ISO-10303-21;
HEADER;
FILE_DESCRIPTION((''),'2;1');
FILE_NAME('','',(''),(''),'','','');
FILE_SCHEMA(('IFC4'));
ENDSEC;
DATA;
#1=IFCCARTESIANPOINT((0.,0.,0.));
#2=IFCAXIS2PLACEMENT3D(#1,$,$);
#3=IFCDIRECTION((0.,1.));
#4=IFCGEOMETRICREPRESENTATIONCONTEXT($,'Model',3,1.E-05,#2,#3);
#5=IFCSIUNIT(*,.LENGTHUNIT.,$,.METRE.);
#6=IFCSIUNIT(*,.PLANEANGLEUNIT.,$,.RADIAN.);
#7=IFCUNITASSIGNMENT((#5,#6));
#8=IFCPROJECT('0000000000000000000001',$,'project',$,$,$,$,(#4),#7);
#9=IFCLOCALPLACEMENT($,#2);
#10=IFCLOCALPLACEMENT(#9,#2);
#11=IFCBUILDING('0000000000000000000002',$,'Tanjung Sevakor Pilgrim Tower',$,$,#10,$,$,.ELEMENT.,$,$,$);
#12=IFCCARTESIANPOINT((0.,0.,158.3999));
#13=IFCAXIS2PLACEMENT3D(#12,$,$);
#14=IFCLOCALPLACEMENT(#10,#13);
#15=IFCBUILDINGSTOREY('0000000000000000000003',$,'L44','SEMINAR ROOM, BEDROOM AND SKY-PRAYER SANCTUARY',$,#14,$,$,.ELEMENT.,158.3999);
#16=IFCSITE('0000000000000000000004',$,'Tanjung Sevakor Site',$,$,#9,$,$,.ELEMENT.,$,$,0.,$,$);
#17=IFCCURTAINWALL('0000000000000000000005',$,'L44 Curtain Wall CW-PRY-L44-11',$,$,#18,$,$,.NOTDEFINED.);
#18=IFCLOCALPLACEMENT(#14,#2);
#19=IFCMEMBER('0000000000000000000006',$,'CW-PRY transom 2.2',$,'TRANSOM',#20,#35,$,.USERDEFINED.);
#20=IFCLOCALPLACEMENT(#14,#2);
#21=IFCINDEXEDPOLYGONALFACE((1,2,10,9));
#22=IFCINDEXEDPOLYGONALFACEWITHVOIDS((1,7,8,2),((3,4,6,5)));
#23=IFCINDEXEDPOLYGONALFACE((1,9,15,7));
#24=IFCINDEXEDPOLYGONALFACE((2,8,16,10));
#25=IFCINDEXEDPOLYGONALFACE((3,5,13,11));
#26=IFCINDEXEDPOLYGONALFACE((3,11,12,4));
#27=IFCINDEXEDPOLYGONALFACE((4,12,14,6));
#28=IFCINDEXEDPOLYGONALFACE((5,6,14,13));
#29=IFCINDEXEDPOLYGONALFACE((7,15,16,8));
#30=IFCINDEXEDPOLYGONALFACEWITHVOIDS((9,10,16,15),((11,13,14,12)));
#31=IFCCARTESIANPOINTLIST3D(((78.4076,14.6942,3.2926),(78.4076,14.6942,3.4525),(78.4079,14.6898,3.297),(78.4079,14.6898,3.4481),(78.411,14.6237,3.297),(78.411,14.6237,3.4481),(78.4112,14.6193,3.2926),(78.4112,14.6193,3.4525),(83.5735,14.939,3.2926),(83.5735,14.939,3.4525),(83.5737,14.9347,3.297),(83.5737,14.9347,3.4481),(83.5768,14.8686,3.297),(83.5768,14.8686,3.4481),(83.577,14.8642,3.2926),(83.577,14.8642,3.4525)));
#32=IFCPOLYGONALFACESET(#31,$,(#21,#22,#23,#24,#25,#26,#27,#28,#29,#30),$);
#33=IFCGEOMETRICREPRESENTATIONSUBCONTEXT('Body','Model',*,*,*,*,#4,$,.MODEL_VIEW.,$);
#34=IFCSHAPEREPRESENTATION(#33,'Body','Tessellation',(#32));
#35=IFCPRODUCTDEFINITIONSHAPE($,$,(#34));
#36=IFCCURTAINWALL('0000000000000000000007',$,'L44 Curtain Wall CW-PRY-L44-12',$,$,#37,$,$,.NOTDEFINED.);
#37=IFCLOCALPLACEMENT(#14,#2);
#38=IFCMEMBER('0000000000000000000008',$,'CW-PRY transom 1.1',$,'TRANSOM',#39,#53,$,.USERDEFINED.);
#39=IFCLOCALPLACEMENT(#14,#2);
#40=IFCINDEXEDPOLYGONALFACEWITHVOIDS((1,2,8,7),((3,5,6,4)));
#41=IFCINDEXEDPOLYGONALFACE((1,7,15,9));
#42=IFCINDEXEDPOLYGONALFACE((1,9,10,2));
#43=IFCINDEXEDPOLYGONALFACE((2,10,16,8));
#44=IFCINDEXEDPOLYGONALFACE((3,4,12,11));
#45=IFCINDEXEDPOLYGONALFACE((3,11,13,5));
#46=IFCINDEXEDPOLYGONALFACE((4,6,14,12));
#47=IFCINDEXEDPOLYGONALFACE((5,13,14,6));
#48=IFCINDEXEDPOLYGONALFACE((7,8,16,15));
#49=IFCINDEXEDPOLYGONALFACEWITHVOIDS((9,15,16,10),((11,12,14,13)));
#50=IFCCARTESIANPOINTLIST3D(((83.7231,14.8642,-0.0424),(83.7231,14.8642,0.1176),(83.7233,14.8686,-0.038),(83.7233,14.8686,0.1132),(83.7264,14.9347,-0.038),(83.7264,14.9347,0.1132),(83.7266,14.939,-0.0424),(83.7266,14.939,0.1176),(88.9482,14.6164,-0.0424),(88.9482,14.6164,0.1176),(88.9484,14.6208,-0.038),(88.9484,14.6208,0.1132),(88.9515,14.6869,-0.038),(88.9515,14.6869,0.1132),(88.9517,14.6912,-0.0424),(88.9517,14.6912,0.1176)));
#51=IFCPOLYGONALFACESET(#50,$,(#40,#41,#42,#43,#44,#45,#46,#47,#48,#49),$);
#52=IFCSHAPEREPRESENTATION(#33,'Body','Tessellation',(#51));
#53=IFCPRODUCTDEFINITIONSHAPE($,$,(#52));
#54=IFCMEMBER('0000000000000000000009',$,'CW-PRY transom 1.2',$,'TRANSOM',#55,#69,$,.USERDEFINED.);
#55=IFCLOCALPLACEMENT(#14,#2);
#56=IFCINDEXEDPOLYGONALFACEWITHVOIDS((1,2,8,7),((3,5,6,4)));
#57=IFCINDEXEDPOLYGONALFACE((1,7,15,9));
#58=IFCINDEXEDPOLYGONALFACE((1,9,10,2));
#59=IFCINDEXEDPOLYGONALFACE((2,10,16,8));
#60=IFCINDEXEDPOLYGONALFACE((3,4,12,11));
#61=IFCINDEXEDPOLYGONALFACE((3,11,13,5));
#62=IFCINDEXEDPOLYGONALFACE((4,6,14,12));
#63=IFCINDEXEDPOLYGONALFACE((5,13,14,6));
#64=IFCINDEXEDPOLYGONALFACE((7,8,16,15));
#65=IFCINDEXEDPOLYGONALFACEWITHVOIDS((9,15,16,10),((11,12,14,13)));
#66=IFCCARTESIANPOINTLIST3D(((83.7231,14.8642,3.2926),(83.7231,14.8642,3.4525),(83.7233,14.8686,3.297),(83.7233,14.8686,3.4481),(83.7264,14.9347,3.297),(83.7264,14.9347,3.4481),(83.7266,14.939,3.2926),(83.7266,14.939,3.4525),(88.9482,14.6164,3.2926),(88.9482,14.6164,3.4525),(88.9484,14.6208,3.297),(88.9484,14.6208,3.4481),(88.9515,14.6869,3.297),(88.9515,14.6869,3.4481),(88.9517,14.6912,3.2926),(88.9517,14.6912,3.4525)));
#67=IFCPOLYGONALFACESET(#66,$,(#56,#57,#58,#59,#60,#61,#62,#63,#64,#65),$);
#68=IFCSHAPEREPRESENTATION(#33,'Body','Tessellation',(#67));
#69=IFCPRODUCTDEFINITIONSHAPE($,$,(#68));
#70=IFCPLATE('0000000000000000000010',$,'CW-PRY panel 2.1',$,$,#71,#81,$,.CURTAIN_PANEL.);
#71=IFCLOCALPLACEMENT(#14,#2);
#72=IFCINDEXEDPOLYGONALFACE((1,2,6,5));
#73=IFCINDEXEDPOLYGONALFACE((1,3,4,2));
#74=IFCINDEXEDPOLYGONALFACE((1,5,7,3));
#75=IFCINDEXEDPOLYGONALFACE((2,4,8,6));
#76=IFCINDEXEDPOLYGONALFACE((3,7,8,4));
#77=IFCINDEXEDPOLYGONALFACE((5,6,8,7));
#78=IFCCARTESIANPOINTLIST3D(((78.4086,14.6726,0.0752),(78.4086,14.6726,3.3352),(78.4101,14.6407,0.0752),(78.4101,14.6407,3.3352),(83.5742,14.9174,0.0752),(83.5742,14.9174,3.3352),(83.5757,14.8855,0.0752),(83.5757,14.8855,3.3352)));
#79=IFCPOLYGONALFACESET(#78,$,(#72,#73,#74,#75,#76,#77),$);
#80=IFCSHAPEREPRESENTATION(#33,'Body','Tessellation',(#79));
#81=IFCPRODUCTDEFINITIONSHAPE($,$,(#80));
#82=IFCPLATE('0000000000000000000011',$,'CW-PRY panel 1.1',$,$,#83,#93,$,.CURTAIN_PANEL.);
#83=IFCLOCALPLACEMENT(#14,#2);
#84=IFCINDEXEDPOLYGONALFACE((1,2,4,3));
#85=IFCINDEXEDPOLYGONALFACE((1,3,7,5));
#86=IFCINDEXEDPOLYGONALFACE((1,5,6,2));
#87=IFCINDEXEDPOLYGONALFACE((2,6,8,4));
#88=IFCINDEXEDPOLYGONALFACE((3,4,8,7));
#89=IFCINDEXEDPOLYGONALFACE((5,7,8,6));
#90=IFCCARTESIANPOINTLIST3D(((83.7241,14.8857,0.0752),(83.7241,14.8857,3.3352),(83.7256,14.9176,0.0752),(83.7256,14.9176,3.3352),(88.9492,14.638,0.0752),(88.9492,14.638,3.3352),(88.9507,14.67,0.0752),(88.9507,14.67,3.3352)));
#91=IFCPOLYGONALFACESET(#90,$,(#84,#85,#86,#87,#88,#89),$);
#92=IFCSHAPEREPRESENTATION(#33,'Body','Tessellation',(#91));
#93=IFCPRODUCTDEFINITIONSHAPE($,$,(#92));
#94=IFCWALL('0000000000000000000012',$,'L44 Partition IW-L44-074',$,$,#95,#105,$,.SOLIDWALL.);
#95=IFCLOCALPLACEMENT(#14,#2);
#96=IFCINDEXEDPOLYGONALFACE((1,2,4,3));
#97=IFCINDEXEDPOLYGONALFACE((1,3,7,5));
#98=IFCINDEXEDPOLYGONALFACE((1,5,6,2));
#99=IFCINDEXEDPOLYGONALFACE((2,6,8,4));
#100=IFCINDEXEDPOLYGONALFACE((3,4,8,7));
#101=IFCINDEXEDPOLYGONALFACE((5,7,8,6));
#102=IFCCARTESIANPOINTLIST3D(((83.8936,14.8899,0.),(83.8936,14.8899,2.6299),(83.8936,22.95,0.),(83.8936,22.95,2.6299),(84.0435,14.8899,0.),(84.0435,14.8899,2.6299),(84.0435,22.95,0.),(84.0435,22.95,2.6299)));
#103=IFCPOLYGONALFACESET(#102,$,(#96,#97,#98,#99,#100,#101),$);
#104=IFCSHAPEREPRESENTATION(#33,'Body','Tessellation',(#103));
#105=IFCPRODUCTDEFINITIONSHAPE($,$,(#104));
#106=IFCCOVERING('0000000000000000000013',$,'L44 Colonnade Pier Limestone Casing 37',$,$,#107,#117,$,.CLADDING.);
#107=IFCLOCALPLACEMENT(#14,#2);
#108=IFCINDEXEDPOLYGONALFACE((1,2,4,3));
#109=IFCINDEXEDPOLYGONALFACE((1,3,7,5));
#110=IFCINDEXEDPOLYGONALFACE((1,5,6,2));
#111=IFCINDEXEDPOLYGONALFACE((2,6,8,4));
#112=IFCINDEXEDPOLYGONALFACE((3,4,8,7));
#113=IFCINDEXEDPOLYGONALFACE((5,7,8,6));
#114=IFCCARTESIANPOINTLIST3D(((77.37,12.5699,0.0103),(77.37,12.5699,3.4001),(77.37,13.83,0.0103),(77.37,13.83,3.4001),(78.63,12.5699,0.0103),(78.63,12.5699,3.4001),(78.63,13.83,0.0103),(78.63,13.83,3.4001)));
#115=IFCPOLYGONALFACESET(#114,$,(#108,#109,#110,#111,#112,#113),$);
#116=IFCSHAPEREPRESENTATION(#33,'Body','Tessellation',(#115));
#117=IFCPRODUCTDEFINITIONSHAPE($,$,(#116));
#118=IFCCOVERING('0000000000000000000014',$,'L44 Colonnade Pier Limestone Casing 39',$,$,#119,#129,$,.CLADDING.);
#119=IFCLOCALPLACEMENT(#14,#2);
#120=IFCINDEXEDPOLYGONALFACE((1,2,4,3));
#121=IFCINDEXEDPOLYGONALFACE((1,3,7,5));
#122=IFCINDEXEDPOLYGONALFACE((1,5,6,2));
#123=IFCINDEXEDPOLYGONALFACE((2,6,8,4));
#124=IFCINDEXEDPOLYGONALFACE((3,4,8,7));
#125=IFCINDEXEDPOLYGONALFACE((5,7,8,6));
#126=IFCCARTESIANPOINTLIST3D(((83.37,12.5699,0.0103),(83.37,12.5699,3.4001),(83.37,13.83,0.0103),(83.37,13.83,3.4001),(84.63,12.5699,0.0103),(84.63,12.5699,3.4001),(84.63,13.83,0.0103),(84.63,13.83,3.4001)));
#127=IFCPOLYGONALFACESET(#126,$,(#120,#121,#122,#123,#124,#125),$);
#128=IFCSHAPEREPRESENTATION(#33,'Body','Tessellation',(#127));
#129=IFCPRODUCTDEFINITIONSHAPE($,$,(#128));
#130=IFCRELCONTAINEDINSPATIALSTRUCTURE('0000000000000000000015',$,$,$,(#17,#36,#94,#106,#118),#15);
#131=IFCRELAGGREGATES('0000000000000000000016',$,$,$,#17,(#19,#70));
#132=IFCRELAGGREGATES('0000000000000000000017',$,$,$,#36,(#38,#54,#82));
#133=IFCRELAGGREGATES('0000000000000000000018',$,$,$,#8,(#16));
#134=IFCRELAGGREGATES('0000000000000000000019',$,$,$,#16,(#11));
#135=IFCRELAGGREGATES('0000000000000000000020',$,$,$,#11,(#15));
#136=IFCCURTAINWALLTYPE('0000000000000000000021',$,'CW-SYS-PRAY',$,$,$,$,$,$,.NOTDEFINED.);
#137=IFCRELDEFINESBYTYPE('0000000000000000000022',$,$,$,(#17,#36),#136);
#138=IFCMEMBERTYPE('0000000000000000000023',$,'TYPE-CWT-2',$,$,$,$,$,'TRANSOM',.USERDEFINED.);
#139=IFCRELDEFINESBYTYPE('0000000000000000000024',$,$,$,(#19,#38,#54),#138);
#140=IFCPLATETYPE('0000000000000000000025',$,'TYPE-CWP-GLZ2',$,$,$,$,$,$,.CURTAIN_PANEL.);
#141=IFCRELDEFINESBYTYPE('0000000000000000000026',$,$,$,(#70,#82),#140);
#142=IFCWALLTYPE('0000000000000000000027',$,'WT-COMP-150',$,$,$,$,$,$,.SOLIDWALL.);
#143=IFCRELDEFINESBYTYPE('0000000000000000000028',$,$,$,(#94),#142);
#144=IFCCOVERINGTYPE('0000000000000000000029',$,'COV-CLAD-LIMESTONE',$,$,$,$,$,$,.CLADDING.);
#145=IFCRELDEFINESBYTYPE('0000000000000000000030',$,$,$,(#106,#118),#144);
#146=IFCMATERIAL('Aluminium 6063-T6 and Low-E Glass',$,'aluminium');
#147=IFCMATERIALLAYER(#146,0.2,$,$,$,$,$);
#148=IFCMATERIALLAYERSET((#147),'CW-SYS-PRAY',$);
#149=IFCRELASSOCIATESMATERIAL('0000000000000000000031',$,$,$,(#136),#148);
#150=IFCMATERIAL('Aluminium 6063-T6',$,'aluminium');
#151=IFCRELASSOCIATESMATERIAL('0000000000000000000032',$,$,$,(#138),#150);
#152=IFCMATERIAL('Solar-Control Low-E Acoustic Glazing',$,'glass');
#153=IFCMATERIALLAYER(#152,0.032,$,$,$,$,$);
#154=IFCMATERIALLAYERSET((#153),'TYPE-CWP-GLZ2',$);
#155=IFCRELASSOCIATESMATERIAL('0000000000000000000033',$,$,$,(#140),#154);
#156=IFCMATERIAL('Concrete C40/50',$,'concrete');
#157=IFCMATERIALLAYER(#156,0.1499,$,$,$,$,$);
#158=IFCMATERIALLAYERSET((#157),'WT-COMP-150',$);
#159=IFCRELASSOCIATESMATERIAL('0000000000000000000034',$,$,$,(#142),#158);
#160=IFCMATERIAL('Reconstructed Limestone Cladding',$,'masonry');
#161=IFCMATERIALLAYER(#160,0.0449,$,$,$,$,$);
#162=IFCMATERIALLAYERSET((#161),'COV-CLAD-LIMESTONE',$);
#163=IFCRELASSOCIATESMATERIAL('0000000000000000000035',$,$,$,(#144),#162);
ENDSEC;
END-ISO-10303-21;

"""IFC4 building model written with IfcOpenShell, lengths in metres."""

from ifc_helpers import new_model, si_unit, direction, frame, frame_2d, origin, origin_2d, place, context, subcontext, project, spatial, rectangle, hollow_rectangle, extrude, material, layer, layer_set, material_profile, profile_set, type_object, element, aggregate, save


model = new_model("IFC4")

# Units and contexts
model_context = context("Model", 3, precision=1e-05, world=origin(), true_north=direction((0.0, 1.0)))
body_context = subcontext(model_context, "Body", "Model", "MODEL_VIEW")
ifc_project = project(units=[si_unit("LENGTHUNIT", "METRE"), si_unit("PLANEANGLEUNIT", "RADIAN")], contexts=[model_context])

# Site, building, storey
site_placement = place(None, origin())
site = spatial("IfcSite", under=ifc_project, at=site_placement, Name="Tanjung Sevakor Site", CompositionType="ELEMENT", RefElevation=0.0)
building_placement = place(site_placement, origin())
building = spatial("IfcBuilding", under=site, at=building_placement, Name="Tanjung Sevakor Pilgrim Tower", CompositionType="ELEMENT")
storey_placement = place(building_placement, frame((0.0, 0.0, 158.3999)))
storey = spatial("IfcBuildingStorey", under=building, at=storey_placement, Name="L44", Description="SEMINAR ROOM, BEDROOM AND SKY-PRAYER SANCTUARY", CompositionType="ELEMENT", Elevation=158.3999)

# Curtain walls, members
ifc_material_1 = material(Name="Aluminium 6063-T6 and Low-E Glass", Category="aluminium")
ifc_layer_1 = layer(ifc_material_1, 0.2)
ifc_layer_set_1 = layer_set([ifc_layer_1], Name="CW-SYS-PRAY")
curtain_wall_type = type_object("IfcCurtainWallType", Name="CW-SYS-PRAY", PredefinedType="NOTDEFINED", material=ifc_layer_set_1)
curtain_wall_1_placement = place(storey_placement, origin())
curtain_wall_1 = element("IfcCurtainWall", 1, at=curtain_wall_1_placement, inside=storey, type_object=curtain_wall_type, Name="L44 Curtain Wall CW-PRY-L44-11", PredefinedType="NOTDEFINED")
ifc_material_2 = material(Name="Aluminium 6063-T6", Category="aluminium")
ifc_material_profile_1 = material_profile(ifc_material_2, hollow_rectangle(XDim=0.075, YDim=0.1599, WallThickness=0.0044, at=origin_2d()))
ifc_profile_set_1 = profile_set([ifc_material_profile_1], Name="Aluminium 6063-T6")
member_type_1 = type_object("IfcMemberType", Name="TYPE-CWT-2", ElementType="TRANSOM", PredefinedType="USERDEFINED", material=ifc_profile_set_1)
member_1_placement = place(storey_placement, frame((78.4094, 14.6567, 3.3726), z_axis=(0.998878, 0.04735, 0.0), x_axis=(-0.04735, 0.998878, 0.0)))
member_1 = element("IfcMember", 2, at=member_1_placement, type_object=member_type_1, Name="CW-PRY transom 2.2", ObjectType="TRANSOM", PredefinedType="USERDEFINED", context=body_context, shape_type="SweptSolid", body=[
    extrude(hollow_rectangle(XDim=0.075, YDim=0.1599, WallThickness=0.0044, at=origin_2d()), origin(), (0.0, 0.0, 1.0), 5.1716),
])
curtain_wall_2_placement = place(storey_placement, origin())
curtain_wall_2 = element("IfcCurtainWall", 3, at=curtain_wall_2_placement, inside=storey, type_object=curtain_wall_type, Name="L44 Curtain Wall CW-PRY-L44-12", PredefinedType="NOTDEFINED")
member_2_placement = place(storey_placement, frame((83.7249, 14.9016, 0.0376), z_axis=(0.998877, -0.047372, 0.0), x_axis=(0.047372, 0.998877, 0.0)))
member_2 = element("IfcMember", 4, at=member_2_placement, type_object=member_type_1, Name="CW-PRY transom 1.1", ObjectType="TRANSOM", PredefinedType="USERDEFINED", context=body_context, shape_type="SweptSolid", body=[
    extrude(hollow_rectangle(XDim=0.075, YDim=0.1599, WallThickness=0.0044, at=origin_2d()), origin(), (0.0, 0.0, 1.0), 5.231),
])
member_3_placement = place(storey_placement, frame((83.7249, 14.9016, 3.3726), z_axis=(0.998877, -0.047372, 0.0), x_axis=(0.047372, 0.998877, 0.0)))
member_3 = element("IfcMember", 5, at=member_3_placement, type_object=member_type_1, Name="CW-PRY transom 1.2", ObjectType="TRANSOM", PredefinedType="USERDEFINED", context=body_context, shape_type="SweptSolid", body=[
    extrude(hollow_rectangle(XDim=0.075, YDim=0.1599, WallThickness=0.0044, at=origin_2d()), origin(), (0.0, 0.0, 1.0), 5.231),
])

# Plates
ifc_material_3 = material(Name="Solar-Control Low-E Acoustic Glazing", Category="glass")
ifc_layer_2 = layer(ifc_material_3, 0.032)
ifc_layer_set_2 = layer_set([ifc_layer_2], Name="TYPE-CWP-GLZ2")
plate_type = type_object("IfcPlateType", Name="TYPE-CWP-GLZ2", PredefinedType="CURTAIN_PANEL", material=ifc_layer_set_2)
plate_1_placement = place(storey_placement, frame((80.9922, 14.7791, 0.0752), z_axis=(0.0, 0.0, 1.0), x_axis=(0.998879, 0.047333, 0.0)))
plate_1 = element("IfcPlate", 6, at=plate_1_placement, type_object=plate_type, Name="CW-PRY panel 2.1", PredefinedType="CURTAIN_PANEL", context=body_context, shape_type="SweptSolid", body=[
    extrude(rectangle(XDim=5.1714, YDim=0.032, at=origin_2d()), origin(), (0.0, 0.0, 1.0), 3.26),
])
aggregate(curtain_wall_1, [member_1, plate_1])
plate_2_placement = place(storey_placement, frame((86.3374, 14.7778, 0.0752), z_axis=(0.0, 0.0, 1.0), x_axis=(0.998879, -0.047338, 0.0)))
plate_2 = element("IfcPlate", 7, at=plate_2_placement, type_object=plate_type, Name="CW-PRY panel 1.1", PredefinedType="CURTAIN_PANEL", context=body_context, shape_type="SweptSolid", body=[
    extrude(rectangle(XDim=5.231, YDim=0.032, at=origin_2d()), origin(), (0.0, 0.0, 1.0), 3.26),
])
aggregate(curtain_wall_2, [member_2, member_3, plate_2])

# Wall
ifc_material_4 = material(Name="Concrete C40/50", Category="concrete")
ifc_layer_3 = layer(ifc_material_4, 0.1499)
ifc_layer_set_3 = layer_set([ifc_layer_3], Name="WT-COMP-150")
wall_type = type_object("IfcWallType", Name="WT-COMP-150", PredefinedType="SOLIDWALL", material=ifc_layer_set_3)
wall_placement = place(storey_placement, frame((83.9685, 14.8899, 0.0), z_axis=(0.0, 0.0, 1.0), x_axis=(0.0, 1.0, 0.0)))
element("IfcWall", 8, at=wall_placement, inside=storey, type_object=wall_type, Name="L44 Partition IW-L44-074", PredefinedType="SOLIDWALL", context=body_context, shape_type="SweptSolid", body=[
    extrude(rectangle(XDim=8.0601, YDim=0.1499, at=frame_2d((4.03, 0.0))), origin(), (0.0, 0.0, 1.0), 2.6299),
])

# Coverings
ifc_material_5 = material(Name="Reconstructed Limestone Cladding", Category="masonry")
ifc_layer_4 = layer(ifc_material_5, 0.0449)
ifc_layer_set_4 = layer_set([ifc_layer_4], Name="COV-CLAD-LIMESTONE")
covering_type = type_object("IfcCoveringType", Name="COV-CLAD-LIMESTONE", PredefinedType="CLADDING", material=ifc_layer_set_4)
for number, where, z_axis, x_axis, name in (
    (9, (78.0, 13.2, 0.0103), (0.0, 0.0, 1.0), (1.0, 0.0, 0.0), "L44 Colonnade Pier Limestone Casing 37"),
    (10, (84.0, 13.2, 0.0103), (0.0, 0.0, 1.0), (1.0, 0.0, 0.0), "L44 Colonnade Pier Limestone Casing 39"),
):
    element("IfcCovering", number, at=place(storey_placement, frame(where, z_axis=z_axis, x_axis=x_axis)), inside=storey, type_object=covering_type, Name=name, PredefinedType="CLADDING", context=body_context, shape_type="SweptSolid", body=[
        extrude(rectangle(XDim=1.26, YDim=1.26, at=origin_2d()), origin(), (0.0, 0.0, 1.0), 3.3899),
    ])

save(model, "model.ifc")
